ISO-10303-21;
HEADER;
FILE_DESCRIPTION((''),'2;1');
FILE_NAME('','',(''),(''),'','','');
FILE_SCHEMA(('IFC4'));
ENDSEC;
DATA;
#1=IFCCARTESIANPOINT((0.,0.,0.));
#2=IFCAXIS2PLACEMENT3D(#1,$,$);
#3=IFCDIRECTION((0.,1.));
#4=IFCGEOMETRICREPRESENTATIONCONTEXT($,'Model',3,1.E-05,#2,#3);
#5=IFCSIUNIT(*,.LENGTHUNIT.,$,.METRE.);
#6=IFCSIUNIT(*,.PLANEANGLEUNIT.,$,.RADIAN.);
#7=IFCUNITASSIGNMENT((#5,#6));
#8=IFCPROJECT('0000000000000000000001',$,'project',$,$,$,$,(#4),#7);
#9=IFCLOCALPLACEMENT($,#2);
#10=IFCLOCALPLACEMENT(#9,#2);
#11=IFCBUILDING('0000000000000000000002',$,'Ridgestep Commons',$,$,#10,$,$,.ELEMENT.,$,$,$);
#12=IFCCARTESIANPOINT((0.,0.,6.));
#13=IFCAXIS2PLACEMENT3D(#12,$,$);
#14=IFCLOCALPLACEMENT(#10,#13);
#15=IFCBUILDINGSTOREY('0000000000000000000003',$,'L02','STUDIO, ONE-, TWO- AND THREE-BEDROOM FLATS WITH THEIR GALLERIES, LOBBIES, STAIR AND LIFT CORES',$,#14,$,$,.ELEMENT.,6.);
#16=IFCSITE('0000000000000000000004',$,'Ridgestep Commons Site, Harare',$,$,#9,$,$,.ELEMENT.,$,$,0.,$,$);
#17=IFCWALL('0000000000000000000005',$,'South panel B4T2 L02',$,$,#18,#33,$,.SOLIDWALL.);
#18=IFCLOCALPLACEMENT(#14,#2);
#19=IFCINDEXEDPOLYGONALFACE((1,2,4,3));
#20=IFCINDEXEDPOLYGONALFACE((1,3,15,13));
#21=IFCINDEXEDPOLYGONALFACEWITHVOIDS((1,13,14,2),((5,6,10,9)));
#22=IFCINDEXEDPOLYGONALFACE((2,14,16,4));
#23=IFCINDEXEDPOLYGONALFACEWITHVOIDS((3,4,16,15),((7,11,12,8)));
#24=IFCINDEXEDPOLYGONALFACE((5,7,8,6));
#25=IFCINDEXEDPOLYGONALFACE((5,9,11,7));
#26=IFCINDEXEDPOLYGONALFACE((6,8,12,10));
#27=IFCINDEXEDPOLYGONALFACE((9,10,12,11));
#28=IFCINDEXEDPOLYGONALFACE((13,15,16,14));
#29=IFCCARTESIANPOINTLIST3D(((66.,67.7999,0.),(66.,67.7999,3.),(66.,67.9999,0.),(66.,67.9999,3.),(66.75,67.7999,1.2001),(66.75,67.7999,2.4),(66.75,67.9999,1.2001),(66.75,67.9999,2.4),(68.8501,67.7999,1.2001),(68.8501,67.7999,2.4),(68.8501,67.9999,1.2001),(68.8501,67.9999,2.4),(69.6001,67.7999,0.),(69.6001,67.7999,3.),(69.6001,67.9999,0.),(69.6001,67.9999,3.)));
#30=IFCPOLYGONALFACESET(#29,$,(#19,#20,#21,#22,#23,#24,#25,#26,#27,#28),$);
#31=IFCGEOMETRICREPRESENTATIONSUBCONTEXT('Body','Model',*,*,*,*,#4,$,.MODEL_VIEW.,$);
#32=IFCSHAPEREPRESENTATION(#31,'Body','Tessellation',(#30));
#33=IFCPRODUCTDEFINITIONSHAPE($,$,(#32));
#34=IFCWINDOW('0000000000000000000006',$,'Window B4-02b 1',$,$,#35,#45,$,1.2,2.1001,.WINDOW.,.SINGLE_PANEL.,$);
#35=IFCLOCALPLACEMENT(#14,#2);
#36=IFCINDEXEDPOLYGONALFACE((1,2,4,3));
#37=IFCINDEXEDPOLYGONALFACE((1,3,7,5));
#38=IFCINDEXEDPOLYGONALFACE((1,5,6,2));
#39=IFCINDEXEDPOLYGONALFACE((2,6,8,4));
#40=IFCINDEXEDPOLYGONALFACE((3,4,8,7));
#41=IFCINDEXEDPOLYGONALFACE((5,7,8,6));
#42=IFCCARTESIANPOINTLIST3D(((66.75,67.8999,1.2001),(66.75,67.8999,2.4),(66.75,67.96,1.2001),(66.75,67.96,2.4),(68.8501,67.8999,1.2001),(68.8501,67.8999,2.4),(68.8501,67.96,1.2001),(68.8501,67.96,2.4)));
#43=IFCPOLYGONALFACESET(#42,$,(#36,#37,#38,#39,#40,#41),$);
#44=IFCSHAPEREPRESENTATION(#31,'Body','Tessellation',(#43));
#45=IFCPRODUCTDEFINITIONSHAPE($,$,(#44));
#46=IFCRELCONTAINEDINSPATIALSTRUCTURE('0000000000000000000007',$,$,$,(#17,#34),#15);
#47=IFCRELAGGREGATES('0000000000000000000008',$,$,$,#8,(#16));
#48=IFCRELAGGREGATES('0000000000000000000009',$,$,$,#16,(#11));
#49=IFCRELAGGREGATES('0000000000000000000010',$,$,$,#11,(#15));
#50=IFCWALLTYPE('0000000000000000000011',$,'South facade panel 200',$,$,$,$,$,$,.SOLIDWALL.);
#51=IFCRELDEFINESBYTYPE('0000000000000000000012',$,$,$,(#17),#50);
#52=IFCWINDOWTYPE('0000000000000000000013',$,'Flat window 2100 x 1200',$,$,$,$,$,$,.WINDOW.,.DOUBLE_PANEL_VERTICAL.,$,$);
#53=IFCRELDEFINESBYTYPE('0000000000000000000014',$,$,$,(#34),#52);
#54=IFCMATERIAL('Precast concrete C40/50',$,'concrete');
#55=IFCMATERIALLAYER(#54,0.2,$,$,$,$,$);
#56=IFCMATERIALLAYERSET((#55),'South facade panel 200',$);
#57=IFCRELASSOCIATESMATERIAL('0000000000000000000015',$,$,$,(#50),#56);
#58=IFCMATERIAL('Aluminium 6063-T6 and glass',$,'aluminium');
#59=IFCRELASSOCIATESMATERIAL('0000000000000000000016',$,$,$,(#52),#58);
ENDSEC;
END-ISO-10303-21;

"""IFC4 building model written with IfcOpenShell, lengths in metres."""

from ifc_helpers import new_model, si_unit, direction, frame, frame_2d, origin, place, context, subcontext, project, spatial, rectangle, extrude, material, layer, layer_set, type_object, element, fill, save


model = new_model("IFC4")

# Units and contexts
model_context = context("Model", 3, precision=1e-05, world=origin(), true_north=direction((0.0, 1.0)))
body_context = subcontext(model_context, "Body", "Model", "MODEL_VIEW")
ifc_project = project(units=[si_unit("LENGTHUNIT", "METRE"), si_unit("PLANEANGLEUNIT", "RADIAN")], contexts=[model_context])

# Site, building, storey
site_placement = place(None, origin())
site = spatial("IfcSite", under=ifc_project, at=site_placement, Name="Ridgestep Commons Site, Harare", CompositionType="ELEMENT", RefElevation=0.0)
building_placement = place(site_placement, origin())
building = spatial("IfcBuilding", under=site, at=building_placement, Name="Ridgestep Commons", CompositionType="ELEMENT")
storey_placement = place(building_placement, frame((0.0, 0.0, 6.0)))
storey = spatial("IfcBuildingStorey", under=building, at=storey_placement, Name="L02", Description="STUDIO, ONE-, TWO- AND THREE-BEDROOM FLATS WITH THEIR GALLERIES, LOBBIES, STAIR AND LIFT CORES", CompositionType="ELEMENT", Elevation=6.0)

# Shared definitions
ifc_material_1 = material(Name="Precast concrete C40/50", Category="concrete")
ifc_layer_1 = layer(ifc_material_1, 0.2)
ifc_layer_set_1 = layer_set([ifc_layer_1], Name="South facade panel 200")
wall_type_1 = type_object("IfcWallType", Name="South facade panel 200", PredefinedType="SOLIDWALL", material=ifc_layer_set_1)

# Wall, opening, window
wall_1_placement = place(storey_placement, frame((66.0, 67.8999, 0.0), z_axis=(0.0, 0.0, 1.0), x_axis=(1.0, 0.0, 0.0)))
wall_1 = element("IfcWall", 1, at=wall_1_placement, inside=storey, type_object=wall_type_1, Name="South panel B4T2 L02", PredefinedType="SOLIDWALL", context=body_context, shape_type="SweptSolid", body=[
    extrude(rectangle(XDim=3.6001, YDim=0.2, at=frame_2d((1.8, 0.0))), origin(), (0.0, 0.0, 1.0), 3.0),
])
opening_1_placement = place(wall_1_placement, frame((0.75, 0.0, 1.2)))
opening_1 = element("IfcOpeningElement", 2, at=opening_1_placement, cuts=wall_1, PredefinedType="OPENING", context=body_context, shape_type="SweptSolid", body=[
    extrude(rectangle(XDim=2.1001, YDim=1.2, at=frame_2d((1.05, 0.6001))), frame((0.0, 0.1099, 0.0), z_axis=(0.0, -1.0, 0.0), x_axis=(1.0, 0.0, 0.0)), (0.0, 0.0, 1.0), 0.22),
])
ifc_material_2 = material(Name="Aluminium 6063-T6 and glass", Category="aluminium")
window_type_1 = type_object("IfcWindowType", Name="Flat window 2100 x 1200", PartitioningType="DOUBLE_PANEL_VERTICAL", PredefinedType="WINDOW", material=ifc_material_2)
window_1_placement = place(opening_1_placement, origin())
window_1 = element("IfcWindow", 3, at=window_1_placement, inside=storey, type_object=window_type_1, Name="Window B4-02b 1", OverallHeight=1.2, OverallWidth=2.1001, PartitioningType="SINGLE_PANEL", PredefinedType="WINDOW", context=body_context, shape_type="SweptSolid", body=[
    extrude(rectangle(XDim=2.1001, YDim=1.2, at=frame_2d((1.05, 0.6001))), frame((0.0, 0.0601, 0.0), z_axis=(0.0, -1.0, 0.0), x_axis=(1.0, 0.0, 0.0)), (0.0, 0.0, 1.0), 0.0601),
])
fill(opening_1, window_1)

save(model, "model.ifc")
